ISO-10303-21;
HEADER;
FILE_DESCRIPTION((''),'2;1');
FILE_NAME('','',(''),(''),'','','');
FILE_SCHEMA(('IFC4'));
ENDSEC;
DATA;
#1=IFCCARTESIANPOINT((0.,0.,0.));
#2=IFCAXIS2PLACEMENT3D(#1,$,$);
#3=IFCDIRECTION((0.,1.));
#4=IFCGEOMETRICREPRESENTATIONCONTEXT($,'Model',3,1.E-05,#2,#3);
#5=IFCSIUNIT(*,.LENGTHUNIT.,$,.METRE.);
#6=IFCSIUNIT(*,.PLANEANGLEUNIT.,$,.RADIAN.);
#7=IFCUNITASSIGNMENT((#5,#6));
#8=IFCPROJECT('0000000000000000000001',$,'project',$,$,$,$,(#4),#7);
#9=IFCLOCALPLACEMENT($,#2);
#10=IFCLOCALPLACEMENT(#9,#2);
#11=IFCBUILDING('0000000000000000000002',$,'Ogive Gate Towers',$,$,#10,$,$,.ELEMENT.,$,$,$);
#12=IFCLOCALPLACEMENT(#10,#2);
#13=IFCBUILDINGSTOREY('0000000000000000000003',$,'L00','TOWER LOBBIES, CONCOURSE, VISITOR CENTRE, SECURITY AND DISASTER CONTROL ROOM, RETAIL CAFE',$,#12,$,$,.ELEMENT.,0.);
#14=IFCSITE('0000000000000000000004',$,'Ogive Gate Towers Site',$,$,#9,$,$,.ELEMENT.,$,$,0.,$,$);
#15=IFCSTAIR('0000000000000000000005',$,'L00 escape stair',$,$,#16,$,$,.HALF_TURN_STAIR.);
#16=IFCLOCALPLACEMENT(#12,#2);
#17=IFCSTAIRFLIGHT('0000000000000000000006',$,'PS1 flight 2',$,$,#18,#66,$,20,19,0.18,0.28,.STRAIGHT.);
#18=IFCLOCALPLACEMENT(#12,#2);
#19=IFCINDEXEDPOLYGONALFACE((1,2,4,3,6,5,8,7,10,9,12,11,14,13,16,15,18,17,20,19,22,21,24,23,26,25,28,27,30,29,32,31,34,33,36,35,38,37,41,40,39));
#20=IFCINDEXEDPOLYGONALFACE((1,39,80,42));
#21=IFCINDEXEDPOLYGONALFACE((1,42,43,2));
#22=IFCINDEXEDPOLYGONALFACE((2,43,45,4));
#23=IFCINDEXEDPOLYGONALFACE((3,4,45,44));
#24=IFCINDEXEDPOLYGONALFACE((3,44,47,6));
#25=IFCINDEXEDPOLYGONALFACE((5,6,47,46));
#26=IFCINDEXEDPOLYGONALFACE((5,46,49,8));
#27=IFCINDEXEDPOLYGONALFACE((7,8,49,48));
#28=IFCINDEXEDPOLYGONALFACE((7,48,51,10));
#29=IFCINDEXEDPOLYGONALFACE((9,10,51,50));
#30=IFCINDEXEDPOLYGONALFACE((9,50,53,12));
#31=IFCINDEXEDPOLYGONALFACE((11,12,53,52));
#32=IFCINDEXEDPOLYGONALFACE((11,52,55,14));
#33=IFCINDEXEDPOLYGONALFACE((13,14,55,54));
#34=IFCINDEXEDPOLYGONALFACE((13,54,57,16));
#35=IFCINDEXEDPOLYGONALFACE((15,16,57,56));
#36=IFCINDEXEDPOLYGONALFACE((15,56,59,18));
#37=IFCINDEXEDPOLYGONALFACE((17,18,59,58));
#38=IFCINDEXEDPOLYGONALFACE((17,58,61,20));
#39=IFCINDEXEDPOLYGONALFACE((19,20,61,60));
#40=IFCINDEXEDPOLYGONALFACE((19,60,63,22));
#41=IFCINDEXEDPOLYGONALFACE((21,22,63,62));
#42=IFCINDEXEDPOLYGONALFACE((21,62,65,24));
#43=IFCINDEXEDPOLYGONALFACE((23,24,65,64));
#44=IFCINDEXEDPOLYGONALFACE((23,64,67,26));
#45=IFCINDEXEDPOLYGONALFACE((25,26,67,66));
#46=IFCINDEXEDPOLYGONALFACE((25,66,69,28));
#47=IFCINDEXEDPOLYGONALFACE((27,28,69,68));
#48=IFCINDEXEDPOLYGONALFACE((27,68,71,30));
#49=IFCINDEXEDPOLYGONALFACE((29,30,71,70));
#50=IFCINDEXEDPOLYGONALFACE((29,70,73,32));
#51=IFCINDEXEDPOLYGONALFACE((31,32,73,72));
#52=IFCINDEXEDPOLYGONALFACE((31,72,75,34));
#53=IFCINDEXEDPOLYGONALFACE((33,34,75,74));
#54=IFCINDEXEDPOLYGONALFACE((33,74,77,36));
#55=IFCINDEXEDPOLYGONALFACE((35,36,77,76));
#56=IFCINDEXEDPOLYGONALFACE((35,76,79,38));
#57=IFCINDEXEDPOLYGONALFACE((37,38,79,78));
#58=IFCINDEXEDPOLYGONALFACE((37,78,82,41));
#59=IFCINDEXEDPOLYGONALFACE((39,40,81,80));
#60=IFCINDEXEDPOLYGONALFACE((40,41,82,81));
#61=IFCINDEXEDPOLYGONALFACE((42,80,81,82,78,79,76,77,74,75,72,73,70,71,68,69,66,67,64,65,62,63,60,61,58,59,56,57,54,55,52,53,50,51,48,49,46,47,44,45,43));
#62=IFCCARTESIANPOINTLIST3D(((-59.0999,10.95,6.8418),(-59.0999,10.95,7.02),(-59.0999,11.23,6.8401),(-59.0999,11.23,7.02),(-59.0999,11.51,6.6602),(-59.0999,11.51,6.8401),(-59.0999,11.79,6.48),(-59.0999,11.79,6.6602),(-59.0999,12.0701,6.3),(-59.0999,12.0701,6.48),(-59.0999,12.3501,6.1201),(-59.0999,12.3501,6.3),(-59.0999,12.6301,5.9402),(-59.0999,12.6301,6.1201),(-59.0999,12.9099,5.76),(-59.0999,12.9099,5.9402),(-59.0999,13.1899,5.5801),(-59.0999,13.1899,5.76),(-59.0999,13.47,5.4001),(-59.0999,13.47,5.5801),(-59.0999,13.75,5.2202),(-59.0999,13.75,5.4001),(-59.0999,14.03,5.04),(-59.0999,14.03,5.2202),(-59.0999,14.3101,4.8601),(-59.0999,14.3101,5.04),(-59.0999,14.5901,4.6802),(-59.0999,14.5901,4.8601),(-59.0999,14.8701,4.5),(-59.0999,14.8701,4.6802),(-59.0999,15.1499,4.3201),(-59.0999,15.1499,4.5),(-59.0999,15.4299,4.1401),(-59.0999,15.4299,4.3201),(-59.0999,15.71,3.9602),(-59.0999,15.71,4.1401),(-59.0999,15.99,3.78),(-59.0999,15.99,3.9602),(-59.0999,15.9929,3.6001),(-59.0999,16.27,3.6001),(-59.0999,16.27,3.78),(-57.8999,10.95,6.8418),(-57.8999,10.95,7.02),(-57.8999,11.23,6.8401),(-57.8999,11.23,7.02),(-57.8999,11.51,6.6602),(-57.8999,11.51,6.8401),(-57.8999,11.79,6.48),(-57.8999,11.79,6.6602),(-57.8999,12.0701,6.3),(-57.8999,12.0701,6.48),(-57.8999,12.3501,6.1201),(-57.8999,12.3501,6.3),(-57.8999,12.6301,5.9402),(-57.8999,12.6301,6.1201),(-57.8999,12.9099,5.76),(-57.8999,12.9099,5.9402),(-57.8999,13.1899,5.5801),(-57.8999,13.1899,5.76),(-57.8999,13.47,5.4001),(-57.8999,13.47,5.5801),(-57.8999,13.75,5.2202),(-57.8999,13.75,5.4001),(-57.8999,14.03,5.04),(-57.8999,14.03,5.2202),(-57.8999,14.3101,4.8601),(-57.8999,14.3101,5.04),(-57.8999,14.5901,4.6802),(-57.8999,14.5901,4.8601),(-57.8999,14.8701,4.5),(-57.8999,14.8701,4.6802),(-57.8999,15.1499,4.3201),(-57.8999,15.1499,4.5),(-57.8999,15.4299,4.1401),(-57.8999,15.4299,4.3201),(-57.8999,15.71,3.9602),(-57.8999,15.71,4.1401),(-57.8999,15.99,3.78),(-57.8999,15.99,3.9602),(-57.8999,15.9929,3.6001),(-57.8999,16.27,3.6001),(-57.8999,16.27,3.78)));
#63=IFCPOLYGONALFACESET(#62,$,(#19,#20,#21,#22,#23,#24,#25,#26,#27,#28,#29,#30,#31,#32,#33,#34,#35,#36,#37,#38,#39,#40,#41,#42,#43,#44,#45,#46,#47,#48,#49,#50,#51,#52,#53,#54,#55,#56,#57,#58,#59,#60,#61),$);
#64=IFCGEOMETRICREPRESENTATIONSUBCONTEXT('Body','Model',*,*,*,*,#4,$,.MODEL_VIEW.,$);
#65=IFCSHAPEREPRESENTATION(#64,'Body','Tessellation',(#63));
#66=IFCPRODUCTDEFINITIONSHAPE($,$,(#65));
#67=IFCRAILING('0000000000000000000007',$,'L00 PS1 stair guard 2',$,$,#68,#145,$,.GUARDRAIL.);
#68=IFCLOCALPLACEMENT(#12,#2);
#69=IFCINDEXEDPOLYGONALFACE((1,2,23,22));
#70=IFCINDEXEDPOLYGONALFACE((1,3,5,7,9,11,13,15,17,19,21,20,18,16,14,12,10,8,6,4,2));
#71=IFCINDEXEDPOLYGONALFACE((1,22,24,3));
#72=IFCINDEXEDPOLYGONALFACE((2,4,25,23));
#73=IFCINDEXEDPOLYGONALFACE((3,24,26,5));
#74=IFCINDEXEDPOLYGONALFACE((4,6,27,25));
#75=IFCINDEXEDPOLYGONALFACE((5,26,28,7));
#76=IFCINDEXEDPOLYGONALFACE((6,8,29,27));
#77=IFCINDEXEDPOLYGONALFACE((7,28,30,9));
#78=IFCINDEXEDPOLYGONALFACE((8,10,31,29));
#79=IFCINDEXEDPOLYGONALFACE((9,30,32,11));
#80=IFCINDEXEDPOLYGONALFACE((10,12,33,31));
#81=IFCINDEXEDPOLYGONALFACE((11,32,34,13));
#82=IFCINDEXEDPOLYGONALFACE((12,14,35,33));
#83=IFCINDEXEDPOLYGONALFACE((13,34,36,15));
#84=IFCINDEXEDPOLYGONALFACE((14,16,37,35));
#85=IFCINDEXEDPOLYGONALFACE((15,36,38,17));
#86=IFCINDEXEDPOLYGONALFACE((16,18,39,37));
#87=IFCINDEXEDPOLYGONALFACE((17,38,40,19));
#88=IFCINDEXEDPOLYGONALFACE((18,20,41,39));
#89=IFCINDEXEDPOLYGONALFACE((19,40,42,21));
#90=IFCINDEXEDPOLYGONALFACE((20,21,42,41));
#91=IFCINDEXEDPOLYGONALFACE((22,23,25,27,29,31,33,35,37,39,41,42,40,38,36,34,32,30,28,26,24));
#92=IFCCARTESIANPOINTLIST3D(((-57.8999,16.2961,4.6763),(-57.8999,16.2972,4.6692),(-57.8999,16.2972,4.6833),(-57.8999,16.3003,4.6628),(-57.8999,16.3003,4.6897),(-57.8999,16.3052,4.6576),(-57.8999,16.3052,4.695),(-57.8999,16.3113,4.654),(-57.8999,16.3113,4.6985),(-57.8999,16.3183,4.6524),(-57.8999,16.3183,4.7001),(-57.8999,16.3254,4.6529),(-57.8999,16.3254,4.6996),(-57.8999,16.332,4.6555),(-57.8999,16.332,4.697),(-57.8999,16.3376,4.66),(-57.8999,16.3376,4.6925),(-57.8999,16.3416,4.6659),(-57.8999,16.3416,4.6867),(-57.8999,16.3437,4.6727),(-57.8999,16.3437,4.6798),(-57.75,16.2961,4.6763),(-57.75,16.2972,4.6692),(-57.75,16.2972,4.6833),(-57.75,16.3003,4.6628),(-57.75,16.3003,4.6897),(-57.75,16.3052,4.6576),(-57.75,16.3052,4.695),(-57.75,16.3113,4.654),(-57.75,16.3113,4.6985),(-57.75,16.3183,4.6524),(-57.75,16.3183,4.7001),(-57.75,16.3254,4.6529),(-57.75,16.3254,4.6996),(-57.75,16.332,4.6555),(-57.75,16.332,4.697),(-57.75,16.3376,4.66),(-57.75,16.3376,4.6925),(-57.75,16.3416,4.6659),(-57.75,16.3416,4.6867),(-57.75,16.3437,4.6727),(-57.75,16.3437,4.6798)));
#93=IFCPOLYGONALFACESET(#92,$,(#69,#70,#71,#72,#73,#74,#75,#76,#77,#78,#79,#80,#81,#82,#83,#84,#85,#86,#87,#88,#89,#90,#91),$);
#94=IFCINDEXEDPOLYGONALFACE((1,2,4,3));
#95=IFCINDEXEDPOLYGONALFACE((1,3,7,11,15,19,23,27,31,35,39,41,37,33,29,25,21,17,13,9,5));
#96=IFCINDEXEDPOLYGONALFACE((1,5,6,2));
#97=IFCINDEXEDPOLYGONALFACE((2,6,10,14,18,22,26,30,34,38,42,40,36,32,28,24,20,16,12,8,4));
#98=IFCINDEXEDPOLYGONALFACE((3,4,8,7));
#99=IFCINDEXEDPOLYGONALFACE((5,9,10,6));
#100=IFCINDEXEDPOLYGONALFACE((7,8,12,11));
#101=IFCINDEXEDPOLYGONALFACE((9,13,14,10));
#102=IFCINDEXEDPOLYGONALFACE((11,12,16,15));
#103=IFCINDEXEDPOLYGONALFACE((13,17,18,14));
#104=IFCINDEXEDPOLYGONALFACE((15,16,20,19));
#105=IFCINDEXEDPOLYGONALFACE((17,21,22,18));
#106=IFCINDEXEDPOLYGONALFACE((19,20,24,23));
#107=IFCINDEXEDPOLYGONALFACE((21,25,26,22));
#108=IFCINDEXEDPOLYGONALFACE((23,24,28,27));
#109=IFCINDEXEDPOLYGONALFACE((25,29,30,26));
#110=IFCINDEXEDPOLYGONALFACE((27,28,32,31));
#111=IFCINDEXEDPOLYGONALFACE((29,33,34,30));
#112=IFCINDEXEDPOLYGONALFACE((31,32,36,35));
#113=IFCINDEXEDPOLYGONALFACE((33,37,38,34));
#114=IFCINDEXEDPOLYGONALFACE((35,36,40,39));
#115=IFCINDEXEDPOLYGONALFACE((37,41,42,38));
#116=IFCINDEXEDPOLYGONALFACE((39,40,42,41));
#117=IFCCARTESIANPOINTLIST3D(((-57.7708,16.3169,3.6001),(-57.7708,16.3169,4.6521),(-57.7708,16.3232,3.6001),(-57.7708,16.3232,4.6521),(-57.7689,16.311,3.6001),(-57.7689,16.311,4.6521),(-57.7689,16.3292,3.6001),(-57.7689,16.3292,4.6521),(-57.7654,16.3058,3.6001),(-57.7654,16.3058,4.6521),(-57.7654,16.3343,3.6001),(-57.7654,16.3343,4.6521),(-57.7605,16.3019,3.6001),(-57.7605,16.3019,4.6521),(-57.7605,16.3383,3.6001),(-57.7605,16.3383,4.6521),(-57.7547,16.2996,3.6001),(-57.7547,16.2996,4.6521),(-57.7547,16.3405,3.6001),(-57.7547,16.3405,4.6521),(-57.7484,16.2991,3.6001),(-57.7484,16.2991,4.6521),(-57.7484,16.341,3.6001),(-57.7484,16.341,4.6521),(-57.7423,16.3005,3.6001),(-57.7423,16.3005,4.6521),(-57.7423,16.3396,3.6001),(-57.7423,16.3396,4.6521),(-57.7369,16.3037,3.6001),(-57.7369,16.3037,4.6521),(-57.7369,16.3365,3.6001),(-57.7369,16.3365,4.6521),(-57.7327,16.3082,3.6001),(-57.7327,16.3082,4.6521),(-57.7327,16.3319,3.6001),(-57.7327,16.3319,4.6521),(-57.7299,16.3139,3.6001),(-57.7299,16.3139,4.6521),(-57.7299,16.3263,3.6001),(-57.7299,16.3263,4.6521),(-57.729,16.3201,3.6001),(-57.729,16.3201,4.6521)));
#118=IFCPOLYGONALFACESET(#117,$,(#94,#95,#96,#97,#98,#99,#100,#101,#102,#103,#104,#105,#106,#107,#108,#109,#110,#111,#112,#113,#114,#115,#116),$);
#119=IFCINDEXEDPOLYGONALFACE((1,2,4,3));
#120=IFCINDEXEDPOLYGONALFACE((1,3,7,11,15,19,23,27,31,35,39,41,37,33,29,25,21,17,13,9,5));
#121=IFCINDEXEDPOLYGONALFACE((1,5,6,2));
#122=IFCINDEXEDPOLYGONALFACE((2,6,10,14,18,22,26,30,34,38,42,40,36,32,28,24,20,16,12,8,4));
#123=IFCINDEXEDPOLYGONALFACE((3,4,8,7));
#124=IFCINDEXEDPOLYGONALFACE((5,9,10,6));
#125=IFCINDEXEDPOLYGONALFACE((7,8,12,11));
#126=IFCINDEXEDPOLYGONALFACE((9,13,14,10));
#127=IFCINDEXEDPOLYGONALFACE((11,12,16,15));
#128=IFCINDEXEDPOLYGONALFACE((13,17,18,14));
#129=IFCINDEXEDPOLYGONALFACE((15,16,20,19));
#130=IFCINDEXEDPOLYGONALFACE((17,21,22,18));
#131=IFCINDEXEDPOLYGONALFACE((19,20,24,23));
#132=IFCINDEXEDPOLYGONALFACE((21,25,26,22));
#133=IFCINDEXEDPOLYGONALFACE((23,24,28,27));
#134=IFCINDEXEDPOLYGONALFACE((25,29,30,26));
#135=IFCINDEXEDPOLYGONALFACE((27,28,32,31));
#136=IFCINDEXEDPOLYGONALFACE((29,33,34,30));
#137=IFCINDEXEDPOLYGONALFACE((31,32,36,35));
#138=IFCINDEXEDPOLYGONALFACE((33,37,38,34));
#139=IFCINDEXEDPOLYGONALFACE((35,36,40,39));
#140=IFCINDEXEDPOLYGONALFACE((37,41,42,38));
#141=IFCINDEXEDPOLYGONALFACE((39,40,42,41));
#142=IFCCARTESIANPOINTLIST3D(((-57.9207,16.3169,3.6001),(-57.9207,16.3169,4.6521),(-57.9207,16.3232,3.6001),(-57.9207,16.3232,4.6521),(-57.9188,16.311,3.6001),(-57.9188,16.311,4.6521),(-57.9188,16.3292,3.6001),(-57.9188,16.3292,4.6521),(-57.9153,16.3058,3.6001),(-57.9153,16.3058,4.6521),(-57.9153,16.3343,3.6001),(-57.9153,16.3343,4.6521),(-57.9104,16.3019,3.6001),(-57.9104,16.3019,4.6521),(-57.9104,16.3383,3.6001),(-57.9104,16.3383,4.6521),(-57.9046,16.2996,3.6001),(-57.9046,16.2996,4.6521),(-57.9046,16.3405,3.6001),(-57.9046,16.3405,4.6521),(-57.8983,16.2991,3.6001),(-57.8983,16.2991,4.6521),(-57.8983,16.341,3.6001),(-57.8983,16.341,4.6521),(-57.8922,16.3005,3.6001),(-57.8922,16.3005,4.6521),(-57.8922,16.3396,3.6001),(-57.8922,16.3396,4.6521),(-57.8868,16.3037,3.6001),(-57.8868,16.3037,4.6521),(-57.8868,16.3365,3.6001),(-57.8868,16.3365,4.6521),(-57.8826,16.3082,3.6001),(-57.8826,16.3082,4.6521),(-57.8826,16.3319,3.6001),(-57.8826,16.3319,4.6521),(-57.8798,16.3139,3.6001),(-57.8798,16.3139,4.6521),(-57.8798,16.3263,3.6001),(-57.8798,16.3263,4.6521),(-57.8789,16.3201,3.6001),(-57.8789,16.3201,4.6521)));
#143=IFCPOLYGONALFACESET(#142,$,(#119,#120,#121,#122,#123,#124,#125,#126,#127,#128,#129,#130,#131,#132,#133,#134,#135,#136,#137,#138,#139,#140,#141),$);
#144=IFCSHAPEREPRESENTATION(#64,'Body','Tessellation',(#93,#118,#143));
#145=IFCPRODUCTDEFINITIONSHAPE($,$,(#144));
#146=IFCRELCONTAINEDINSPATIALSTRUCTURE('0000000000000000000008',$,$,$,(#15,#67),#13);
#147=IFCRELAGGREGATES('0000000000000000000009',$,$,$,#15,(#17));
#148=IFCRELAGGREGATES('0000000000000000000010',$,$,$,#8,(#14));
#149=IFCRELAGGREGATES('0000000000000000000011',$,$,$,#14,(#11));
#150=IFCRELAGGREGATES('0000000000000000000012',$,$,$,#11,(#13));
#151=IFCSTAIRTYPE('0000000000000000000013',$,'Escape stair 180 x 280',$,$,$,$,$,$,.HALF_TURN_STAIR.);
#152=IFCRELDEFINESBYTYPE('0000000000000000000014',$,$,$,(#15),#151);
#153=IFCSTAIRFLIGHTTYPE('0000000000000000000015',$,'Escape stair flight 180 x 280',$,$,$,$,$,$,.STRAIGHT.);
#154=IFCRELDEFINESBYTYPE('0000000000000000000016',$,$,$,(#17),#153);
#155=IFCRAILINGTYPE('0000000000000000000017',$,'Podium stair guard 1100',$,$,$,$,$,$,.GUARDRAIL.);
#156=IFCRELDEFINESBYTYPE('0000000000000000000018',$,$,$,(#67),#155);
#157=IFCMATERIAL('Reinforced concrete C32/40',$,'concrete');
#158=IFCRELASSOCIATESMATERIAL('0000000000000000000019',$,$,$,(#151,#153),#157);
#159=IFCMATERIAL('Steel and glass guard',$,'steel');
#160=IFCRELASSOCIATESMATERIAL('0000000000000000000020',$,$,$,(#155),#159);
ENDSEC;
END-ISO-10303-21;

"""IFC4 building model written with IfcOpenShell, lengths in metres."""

from ifc_helpers import new_model, si_unit, direction, frame, origin, origin_2d, place, context, subcontext, project, spatial, polyline, circle, outline, extrude, material, type_object, element, aggregate, save


model = new_model("IFC4")

# Units and contexts
model_context = context("Model", 3, precision=1e-05, world=origin(), true_north=direction((0.0, 1.0)))
body_context = subcontext(model_context, "Body", "Model", "MODEL_VIEW")
ifc_project = project(units=[si_unit("LENGTHUNIT", "METRE"), si_unit("PLANEANGLEUNIT", "RADIAN")], contexts=[model_context])

# Site, building, storey
site_placement = place(None, origin())
site = spatial("IfcSite", under=ifc_project, at=site_placement, Name="Ogive Gate Towers Site", CompositionType="ELEMENT", RefElevation=0.0)
building_placement = place(site_placement, origin())
building = spatial("IfcBuilding", under=site, at=building_placement, Name="Ogive Gate Towers", CompositionType="ELEMENT")
storey_placement = place(building_placement, origin())
storey = spatial("IfcBuildingStorey", under=building, at=storey_placement, Name="L00", Description="TOWER LOBBIES, CONCOURSE, VISITOR CENTRE, SECURITY AND DISASTER CONTROL ROOM, RETAIL CAFE", CompositionType="ELEMENT", Elevation=0.0)

# Shared definitions
ifc_material_1 = material(Name="Reinforced concrete C32/40", Category="concrete")

# Stair, stair flight
stair_type = type_object("IfcStairType", Name="Escape stair 180 x 280", PredefinedType="HALF_TURN_STAIR", material=ifc_material_1)
stair_placement = place(storey_placement, origin())
stair = element("IfcStair", 1, at=stair_placement, inside=storey, type_object=stair_type, Name="L00 escape stair", PredefinedType="HALF_TURN_STAIR")
stair_flight_type = type_object("IfcStairFlightType", Name="Escape stair flight 180 x 280", PredefinedType="STRAIGHT", material=ifc_material_1)
stair_flight_1_placement = place(storey_placement, frame((-58.5, 16.27, 3.6001), z_axis=(0.0, 0.0, 1.0), x_axis=(0.0, -1.0, 0.0)))
stair_flight_1 = element("IfcStairFlight", 2, at=stair_flight_1_placement, type_object=stair_flight_type, Name="PS1 flight 2", NumberOfRisers=20, NumberOfTreads=19, PredefinedType="STRAIGHT", RiserHeight=0.18, TreadLength=0.28, context=body_context, shape_type="SweptSolid", body=[
    extrude(outline(polyline([(0.0, 0.0), (0.0, 0.1799), (0.28, 0.1799), (0.28, 0.3601), (0.5601, 0.3601), (0.5601, 0.54), (0.8401, 0.54), (0.8401, 0.72), (1.1201, 0.72), (1.1201, 0.8999), (1.3999, 0.8999), (1.3999, 1.0801), (1.6799, 1.0801), (1.6799, 1.26), (1.96, 1.26), (1.96, 1.4399), (2.24, 1.4399), (2.24, 1.6201), (2.52, 1.6201), (2.52, 1.8), (2.8, 1.8), (2.8, 1.98), (3.0801, 1.98), (3.0801, 2.1599), (3.3601, 2.1599), (3.3601, 2.3401), (3.6399, 2.3401), (3.6399, 2.52), (3.9199, 2.52), (3.9199, 2.7), (4.2, 2.7), (4.2, 2.8799), (4.48, 2.8799), (4.48, 3.0601), (4.76, 3.0601), (4.76, 3.24), (5.04, 3.24), (5.04, 3.4199), (5.3201, 3.4199), (5.3201, 3.6001), (5.3201, 3.2417), (0.2771, 0.0), (0.0, 0.0)])), frame((0.0, 0.6001, 0.0), z_axis=(0.0, -1.0, 0.0), x_axis=(1.0, 0.0, 0.0)), (0.0, 0.0, 1.0), 1.2),
])
aggregate(stair, [stair_flight_1])

# Railing
ifc_material_2 = material(Name="Steel and glass guard", Category="steel")
railing_type_1 = type_object("IfcRailingType", Name="Podium stair guard 1100", PredefinedType="GUARDRAIL", material=ifc_material_2)
railing_1_placement = place(storey_placement, frame((-57.75, 16.3201, 3.6001)))
element("IfcRailing", 3, at=railing_1_placement, inside=storey, type_object=railing_type_1, Name="L00 PS1 stair guard 2", PredefinedType="GUARDRAIL", context=body_context, shape_type="SweptSolid", body=[
    extrude(circle(Radius=0.0239, at=origin_2d()), frame((0.0, 0.0, 1.0762), z_axis=(-1.0, 0.0, 0.0), x_axis=(0.0, -1.0, 0.0)), (0.0, 0.0, 1.0), 0.1499),
    extrude(circle(Radius=0.021, at=origin_2d()), origin(), (0.0, 0.0, 1.0), 1.052),
    extrude(circle(Radius=0.021, at=origin_2d()), frame((-0.1499, 0.0, 0.0)), (0.0, 0.0, 1.0), 1.052),
])

save(model, "model.ifc")
